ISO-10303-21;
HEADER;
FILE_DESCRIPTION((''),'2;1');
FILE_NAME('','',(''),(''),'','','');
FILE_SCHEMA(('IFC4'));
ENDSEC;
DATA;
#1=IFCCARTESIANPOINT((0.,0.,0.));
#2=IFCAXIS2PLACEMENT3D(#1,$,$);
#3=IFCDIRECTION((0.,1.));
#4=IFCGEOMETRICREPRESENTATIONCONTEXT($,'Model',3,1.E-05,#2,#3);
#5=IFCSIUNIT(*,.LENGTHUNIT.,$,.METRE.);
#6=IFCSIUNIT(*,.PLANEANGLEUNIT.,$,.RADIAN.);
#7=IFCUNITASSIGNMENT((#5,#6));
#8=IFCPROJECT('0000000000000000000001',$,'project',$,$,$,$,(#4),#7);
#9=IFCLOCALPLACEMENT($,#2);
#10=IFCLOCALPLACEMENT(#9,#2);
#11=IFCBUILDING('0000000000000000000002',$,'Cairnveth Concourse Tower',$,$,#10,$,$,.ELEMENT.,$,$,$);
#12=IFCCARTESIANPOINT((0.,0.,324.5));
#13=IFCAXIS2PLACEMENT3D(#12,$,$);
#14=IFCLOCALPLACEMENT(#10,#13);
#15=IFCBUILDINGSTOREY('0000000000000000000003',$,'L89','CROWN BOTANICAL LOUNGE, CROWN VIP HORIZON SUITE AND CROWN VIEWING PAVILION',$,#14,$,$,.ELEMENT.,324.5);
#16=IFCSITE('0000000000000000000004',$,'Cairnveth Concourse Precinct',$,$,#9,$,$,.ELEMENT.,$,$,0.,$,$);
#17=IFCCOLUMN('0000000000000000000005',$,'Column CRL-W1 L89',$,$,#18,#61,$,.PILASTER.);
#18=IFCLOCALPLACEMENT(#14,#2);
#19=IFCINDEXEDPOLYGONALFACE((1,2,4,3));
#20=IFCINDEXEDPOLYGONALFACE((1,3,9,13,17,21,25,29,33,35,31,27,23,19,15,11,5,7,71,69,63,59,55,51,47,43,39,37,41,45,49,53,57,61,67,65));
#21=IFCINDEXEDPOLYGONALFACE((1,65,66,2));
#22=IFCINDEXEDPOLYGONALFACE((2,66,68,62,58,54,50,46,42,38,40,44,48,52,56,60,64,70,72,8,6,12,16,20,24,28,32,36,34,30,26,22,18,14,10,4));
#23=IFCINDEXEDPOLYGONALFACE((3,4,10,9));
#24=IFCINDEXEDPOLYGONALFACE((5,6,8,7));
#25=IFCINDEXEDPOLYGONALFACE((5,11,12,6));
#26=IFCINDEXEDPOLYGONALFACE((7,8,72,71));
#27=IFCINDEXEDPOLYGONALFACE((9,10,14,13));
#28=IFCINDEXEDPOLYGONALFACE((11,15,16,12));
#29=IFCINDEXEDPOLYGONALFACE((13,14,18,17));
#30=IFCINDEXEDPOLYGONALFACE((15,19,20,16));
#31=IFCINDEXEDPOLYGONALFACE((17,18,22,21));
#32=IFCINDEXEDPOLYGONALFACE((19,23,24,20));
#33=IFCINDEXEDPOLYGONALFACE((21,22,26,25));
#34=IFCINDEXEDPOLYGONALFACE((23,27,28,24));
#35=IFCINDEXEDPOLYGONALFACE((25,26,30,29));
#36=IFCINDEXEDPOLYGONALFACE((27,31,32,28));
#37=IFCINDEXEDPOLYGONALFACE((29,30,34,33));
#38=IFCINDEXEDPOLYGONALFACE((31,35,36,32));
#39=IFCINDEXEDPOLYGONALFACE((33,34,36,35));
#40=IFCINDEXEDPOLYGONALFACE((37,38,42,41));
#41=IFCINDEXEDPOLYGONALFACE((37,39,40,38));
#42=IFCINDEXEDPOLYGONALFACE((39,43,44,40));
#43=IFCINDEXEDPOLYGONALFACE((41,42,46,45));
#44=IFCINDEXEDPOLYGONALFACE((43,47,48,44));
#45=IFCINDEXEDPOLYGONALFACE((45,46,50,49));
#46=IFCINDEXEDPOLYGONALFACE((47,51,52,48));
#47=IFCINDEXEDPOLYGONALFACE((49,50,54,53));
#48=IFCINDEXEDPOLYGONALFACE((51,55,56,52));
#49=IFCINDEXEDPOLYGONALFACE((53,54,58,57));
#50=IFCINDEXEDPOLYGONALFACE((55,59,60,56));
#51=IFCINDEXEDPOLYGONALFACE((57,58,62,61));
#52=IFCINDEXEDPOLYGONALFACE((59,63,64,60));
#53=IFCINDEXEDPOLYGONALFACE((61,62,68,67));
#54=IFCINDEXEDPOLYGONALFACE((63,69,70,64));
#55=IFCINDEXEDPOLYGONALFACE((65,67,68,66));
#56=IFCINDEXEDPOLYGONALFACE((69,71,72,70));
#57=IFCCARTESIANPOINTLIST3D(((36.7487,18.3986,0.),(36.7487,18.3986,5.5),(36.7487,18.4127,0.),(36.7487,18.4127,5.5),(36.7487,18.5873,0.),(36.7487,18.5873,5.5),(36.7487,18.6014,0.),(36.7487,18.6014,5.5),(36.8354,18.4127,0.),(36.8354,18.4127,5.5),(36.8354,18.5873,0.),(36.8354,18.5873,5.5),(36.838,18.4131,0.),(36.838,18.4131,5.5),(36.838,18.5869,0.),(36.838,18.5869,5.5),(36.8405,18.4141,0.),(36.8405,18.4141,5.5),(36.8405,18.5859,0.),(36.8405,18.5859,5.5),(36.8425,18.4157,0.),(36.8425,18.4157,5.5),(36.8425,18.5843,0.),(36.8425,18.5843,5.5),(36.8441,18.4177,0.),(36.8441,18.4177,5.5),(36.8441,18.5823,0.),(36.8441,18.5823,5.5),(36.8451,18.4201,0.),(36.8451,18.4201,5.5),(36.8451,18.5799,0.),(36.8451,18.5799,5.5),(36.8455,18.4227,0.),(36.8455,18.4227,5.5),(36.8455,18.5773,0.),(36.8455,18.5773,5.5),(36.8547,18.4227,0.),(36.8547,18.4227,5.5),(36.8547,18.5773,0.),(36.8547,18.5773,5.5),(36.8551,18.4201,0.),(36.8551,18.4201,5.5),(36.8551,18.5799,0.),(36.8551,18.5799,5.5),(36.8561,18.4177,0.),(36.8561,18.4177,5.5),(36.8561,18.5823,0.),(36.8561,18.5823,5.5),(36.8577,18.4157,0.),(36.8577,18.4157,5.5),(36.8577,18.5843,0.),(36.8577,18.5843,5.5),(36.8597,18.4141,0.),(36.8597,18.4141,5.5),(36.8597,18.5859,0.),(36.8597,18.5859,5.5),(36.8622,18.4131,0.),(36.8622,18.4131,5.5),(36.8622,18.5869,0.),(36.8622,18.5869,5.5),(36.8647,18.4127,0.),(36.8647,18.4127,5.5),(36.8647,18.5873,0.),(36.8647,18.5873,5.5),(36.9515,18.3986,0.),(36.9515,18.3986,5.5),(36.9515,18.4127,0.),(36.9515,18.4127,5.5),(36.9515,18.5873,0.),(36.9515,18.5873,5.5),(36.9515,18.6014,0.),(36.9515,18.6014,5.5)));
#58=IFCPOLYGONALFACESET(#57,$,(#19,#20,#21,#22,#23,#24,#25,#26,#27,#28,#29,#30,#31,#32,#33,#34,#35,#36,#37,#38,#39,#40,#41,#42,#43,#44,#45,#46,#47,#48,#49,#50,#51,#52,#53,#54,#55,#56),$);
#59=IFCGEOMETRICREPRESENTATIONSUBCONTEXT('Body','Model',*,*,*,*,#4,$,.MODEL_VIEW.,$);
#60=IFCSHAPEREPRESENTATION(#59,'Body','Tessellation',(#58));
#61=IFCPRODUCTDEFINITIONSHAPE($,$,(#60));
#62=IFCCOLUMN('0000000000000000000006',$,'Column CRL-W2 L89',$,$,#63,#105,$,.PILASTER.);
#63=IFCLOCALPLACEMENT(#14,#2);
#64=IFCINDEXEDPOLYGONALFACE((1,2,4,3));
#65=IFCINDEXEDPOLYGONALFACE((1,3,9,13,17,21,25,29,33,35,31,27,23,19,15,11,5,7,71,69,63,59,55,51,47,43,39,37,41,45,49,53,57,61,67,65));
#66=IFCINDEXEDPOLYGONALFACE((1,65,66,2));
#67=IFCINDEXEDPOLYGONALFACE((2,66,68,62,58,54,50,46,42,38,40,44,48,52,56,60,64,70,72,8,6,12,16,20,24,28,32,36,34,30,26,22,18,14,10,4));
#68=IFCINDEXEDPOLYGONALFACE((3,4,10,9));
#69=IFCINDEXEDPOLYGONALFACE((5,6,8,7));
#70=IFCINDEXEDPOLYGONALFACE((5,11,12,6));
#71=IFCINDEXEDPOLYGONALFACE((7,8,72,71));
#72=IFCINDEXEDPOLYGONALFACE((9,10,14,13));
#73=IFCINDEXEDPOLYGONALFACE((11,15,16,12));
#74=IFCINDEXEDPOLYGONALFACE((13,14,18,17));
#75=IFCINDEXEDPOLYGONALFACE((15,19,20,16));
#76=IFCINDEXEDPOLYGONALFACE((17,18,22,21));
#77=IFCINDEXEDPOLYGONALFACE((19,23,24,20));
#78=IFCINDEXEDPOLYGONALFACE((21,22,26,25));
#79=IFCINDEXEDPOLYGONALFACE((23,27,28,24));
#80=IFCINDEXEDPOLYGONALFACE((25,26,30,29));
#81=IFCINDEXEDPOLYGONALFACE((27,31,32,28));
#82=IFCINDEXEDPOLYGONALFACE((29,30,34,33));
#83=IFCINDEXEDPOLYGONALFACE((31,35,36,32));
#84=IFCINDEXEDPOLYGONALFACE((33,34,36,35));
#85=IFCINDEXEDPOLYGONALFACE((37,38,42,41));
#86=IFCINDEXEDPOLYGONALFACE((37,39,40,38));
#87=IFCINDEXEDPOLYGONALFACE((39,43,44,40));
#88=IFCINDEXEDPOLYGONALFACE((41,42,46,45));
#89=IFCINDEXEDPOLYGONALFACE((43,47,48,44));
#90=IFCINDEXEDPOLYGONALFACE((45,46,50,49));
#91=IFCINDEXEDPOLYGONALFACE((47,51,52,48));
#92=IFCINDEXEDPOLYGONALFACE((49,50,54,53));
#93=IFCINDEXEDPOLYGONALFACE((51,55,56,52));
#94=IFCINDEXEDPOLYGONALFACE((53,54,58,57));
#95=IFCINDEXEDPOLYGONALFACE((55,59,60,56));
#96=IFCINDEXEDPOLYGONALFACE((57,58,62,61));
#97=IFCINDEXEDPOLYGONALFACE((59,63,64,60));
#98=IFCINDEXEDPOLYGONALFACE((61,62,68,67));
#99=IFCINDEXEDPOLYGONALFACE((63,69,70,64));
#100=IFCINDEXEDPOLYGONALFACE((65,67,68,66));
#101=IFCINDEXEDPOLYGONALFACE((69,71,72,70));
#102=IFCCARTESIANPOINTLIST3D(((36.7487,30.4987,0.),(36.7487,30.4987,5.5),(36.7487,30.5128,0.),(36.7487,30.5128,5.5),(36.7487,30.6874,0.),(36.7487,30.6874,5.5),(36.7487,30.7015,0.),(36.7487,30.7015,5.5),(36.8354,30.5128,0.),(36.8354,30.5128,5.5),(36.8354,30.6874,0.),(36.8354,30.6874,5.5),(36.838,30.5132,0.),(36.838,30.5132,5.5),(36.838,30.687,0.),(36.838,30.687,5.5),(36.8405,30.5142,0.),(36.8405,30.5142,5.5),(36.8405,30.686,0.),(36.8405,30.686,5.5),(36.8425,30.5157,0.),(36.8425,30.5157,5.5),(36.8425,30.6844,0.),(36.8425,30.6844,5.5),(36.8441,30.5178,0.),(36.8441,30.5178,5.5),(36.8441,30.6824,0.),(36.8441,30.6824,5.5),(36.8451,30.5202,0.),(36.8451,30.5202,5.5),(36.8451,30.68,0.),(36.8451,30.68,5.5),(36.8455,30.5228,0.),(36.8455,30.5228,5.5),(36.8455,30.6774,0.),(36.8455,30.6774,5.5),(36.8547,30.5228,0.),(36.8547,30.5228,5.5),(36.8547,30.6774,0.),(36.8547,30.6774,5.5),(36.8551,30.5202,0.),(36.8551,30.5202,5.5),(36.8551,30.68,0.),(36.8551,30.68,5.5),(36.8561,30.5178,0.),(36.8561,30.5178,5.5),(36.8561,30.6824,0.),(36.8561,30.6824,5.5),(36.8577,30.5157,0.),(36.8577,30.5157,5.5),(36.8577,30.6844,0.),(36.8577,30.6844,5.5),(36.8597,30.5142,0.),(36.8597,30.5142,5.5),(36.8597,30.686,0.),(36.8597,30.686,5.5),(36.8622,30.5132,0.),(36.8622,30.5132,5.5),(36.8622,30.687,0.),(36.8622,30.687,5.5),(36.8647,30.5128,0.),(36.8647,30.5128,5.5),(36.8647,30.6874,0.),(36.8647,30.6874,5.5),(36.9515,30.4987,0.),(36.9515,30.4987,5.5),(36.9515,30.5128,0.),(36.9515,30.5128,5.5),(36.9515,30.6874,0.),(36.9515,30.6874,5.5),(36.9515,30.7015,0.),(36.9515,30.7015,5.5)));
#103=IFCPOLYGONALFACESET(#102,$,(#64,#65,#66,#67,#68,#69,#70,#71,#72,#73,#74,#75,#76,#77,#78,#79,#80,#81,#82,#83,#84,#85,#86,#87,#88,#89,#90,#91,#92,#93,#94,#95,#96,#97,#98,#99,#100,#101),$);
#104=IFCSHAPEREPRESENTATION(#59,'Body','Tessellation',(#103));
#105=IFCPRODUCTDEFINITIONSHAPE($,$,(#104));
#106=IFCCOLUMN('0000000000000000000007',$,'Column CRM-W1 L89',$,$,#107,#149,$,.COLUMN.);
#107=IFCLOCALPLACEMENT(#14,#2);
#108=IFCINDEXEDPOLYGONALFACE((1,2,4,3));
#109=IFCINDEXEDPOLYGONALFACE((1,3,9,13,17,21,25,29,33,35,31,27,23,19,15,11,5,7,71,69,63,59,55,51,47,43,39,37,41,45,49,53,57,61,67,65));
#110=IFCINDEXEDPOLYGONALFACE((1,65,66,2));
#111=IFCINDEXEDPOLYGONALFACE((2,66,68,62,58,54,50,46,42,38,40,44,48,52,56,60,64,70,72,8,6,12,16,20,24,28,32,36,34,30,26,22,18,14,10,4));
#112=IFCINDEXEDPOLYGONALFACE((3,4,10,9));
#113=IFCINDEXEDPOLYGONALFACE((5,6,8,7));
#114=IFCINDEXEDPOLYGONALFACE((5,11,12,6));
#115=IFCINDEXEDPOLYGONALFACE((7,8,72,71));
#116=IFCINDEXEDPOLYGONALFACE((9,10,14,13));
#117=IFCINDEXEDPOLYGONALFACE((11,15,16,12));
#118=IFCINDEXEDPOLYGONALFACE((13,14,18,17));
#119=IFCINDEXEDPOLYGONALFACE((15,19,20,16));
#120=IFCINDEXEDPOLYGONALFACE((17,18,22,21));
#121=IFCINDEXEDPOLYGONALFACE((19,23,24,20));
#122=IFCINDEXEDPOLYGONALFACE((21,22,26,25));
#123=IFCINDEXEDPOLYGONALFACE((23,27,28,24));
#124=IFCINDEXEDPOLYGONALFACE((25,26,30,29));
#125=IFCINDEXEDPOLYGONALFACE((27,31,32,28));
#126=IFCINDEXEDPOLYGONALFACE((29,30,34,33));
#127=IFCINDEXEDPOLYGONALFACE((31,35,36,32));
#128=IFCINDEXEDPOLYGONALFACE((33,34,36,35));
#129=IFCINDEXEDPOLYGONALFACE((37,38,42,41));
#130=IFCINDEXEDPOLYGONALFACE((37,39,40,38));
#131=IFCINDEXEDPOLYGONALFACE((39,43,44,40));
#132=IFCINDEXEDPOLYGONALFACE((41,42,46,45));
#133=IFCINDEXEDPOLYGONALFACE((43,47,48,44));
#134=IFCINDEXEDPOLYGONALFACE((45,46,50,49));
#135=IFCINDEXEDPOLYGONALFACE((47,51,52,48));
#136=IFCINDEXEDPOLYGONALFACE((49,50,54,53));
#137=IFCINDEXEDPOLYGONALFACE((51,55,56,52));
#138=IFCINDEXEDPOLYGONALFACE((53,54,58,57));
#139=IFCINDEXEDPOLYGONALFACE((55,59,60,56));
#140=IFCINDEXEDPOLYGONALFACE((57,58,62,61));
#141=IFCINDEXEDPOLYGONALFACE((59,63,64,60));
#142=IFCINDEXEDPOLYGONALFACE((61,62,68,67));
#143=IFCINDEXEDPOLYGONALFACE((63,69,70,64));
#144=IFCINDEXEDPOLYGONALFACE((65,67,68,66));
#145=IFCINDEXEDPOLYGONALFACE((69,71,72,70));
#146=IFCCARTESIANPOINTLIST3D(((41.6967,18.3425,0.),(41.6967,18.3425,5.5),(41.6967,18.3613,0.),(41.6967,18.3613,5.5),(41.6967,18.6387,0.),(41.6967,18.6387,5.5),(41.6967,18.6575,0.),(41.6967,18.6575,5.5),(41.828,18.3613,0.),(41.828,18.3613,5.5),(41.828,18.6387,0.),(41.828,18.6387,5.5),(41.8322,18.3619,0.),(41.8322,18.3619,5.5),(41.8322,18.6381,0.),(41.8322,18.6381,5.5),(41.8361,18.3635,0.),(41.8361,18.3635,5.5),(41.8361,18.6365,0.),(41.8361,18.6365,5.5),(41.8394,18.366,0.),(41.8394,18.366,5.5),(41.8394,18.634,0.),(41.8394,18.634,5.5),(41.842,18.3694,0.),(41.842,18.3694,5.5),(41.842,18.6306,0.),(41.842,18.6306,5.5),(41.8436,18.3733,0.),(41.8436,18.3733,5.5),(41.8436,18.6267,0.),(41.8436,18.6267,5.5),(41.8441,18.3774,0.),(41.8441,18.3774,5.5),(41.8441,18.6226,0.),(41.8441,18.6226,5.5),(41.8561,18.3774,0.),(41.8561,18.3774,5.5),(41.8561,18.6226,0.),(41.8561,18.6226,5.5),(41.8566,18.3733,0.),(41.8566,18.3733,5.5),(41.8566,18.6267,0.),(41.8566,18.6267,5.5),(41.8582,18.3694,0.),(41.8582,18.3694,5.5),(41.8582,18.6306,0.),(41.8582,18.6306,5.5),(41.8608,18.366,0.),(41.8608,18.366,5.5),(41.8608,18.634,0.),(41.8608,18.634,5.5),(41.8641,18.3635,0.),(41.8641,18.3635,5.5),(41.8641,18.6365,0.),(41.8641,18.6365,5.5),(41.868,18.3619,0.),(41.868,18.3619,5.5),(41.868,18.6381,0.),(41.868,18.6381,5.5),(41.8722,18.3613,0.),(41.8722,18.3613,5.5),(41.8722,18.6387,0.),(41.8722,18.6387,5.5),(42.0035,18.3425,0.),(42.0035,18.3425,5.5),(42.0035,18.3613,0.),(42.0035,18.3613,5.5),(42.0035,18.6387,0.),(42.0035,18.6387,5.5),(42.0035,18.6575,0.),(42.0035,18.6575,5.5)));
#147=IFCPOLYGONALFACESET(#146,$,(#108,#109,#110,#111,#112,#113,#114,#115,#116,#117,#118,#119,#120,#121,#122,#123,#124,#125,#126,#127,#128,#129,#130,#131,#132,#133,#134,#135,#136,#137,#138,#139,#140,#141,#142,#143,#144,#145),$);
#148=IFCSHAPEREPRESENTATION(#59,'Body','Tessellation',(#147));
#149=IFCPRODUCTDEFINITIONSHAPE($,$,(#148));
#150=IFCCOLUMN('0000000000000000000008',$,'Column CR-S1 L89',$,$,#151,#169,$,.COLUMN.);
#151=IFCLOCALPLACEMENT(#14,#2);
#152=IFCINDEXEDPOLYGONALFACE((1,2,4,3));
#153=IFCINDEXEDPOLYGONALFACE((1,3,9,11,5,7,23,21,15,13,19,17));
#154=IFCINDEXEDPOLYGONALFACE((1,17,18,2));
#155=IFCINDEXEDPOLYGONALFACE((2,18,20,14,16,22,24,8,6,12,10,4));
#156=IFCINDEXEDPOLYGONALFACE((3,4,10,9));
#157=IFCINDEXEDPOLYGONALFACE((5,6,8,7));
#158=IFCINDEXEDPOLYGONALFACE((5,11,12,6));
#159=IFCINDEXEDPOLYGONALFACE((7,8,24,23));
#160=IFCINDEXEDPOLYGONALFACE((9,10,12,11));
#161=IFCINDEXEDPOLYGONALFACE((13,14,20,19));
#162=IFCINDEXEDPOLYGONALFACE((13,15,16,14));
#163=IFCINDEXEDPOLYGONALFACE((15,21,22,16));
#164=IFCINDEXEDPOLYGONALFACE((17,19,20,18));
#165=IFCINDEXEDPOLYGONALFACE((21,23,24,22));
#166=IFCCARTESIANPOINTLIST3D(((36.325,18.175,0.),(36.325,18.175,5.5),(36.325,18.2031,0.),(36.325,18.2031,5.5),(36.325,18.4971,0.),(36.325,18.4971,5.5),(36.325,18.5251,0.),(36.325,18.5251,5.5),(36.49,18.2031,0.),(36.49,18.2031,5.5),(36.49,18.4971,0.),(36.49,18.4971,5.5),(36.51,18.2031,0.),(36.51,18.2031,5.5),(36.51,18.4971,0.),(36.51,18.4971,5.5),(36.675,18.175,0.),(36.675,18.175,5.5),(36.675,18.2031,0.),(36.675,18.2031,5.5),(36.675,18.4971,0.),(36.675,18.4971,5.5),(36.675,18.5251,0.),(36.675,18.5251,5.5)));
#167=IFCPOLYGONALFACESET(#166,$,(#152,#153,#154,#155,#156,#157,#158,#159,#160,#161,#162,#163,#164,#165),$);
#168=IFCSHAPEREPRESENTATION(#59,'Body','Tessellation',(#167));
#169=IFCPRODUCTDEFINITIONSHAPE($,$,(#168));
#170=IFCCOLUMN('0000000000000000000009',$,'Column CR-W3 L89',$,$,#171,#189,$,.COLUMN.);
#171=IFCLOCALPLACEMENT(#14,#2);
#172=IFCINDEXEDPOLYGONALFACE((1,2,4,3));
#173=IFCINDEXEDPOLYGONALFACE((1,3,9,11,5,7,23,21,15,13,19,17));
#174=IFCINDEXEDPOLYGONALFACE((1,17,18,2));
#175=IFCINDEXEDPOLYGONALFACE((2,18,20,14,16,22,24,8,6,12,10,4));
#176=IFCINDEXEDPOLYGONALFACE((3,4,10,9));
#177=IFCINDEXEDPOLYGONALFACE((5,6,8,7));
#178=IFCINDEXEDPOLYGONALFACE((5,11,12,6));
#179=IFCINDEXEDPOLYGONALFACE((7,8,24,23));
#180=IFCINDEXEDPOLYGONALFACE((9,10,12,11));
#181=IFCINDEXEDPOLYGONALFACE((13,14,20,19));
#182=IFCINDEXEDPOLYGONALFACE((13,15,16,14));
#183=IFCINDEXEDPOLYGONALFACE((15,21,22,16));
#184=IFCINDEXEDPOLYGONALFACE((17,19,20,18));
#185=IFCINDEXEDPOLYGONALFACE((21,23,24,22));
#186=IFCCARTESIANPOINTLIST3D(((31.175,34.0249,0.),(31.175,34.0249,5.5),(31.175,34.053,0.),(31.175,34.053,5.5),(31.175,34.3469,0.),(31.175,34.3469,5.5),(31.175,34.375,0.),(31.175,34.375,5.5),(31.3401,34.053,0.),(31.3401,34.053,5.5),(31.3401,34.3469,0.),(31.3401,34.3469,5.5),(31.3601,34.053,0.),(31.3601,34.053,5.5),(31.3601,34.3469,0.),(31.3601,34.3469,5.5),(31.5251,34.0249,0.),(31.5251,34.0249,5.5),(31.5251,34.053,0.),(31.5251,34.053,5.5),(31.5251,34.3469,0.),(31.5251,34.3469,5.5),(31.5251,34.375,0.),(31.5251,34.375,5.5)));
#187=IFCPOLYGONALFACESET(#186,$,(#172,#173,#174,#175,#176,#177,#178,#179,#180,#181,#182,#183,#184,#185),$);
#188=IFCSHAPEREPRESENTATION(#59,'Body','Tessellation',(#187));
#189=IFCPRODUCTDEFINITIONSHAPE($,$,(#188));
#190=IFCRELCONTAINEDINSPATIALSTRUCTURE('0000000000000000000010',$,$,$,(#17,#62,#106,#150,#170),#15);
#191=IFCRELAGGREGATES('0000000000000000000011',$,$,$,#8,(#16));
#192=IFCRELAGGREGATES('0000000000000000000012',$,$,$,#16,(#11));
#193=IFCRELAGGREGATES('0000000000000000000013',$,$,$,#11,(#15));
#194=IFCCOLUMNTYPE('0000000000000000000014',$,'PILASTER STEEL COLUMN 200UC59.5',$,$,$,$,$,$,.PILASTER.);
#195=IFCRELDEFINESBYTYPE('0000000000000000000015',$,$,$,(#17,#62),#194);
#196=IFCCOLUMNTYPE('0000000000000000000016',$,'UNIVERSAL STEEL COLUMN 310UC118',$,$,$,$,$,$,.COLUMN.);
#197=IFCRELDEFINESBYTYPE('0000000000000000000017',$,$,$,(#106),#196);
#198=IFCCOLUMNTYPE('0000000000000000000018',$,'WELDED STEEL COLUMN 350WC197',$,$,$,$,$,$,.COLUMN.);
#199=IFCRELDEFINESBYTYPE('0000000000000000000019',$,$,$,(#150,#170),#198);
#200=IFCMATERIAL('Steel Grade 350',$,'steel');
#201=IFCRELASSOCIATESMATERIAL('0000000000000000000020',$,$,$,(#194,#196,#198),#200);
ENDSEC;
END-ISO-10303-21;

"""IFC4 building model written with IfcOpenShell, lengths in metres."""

from ifc_helpers import new_model, si_unit, direction, frame, origin, origin_2d, place, context, subcontext, project, spatial, i_section, extrude, material, material_profile, profile_set, type_object, element, save


model = new_model("IFC4")

# Units and contexts
model_context = context("Model", 3, precision=1e-05, world=origin(), true_north=direction((0.0, 1.0)))
body_context = subcontext(model_context, "Body", "Model", "MODEL_VIEW")
ifc_project = project(units=[si_unit("LENGTHUNIT", "METRE"), si_unit("PLANEANGLEUNIT", "RADIAN")], contexts=[model_context])

# Site, building, storey
site_placement = place(None, origin())
site = spatial("IfcSite", under=ifc_project, at=site_placement, Name="Cairnveth Concourse Precinct", CompositionType="ELEMENT", RefElevation=0.0)
building_placement = place(site_placement, origin())
building = spatial("IfcBuilding", under=site, at=building_placement, Name="Cairnveth Concourse Tower", CompositionType="ELEMENT")
storey_placement = place(building_placement, frame((0.0, 0.0, 324.5)))
storey = spatial("IfcBuildingStorey", under=building, at=storey_placement, Name="L89", Description="CROWN BOTANICAL LOUNGE, CROWN VIP HORIZON SUITE AND CROWN VIEWING PAVILION", CompositionType="ELEMENT", Elevation=324.5)

# Columns
ifc_material_1 = material(Name="Steel Grade 350", Category="steel")
ifc_material_profile_1 = material_profile(ifc_material_1, i_section(OverallWidth=0.2029, OverallDepth=0.2029, WebThickness=0.0093, FlangeThickness=0.0142, FilletRadius=0.01, at=origin_2d()), Name="200UC59.5")
ifc_profile_set_1 = profile_set([ifc_material_profile_1], Name="Steel Grade 350")
column_type_1 = type_object("IfcColumnType", Name="PILASTER STEEL COLUMN 200UC59.5", PredefinedType="PILASTER", material=ifc_profile_set_1)
for number, where, z_axis, x_axis, name in (
    (1, (36.8501, 18.5, 0.0), (0.0, 0.0, 1.0), (1.0, 0.0, 0.0), "Column CRL-W1 L89"),
    (2, (36.8501, 30.6001, 0.0), (0.0, 0.0, 1.0), (1.0, 0.0, 0.0), "Column CRL-W2 L89"),
):
    element("IfcColumn", number, at=place(storey_placement, frame(where, z_axis=z_axis, x_axis=x_axis)), inside=storey, type_object=column_type_1, Name=name, PredefinedType="PILASTER", context=body_context, shape_type="SweptSolid", body=[
        extrude(i_section(OverallWidth=0.2029, OverallDepth=0.2029, WebThickness=0.0093, FlangeThickness=0.0142, FilletRadius=0.01, at=origin_2d()), origin(), (0.0, 0.0, 1.0), 5.5),
    ])
ifc_material_profile_2 = material_profile(ifc_material_1, i_section(OverallWidth=0.3069, OverallDepth=0.3149, WebThickness=0.012, FlangeThickness=0.0188, FilletRadius=0.0161, at=origin_2d()), Name="310UC118")
ifc_profile_set_2 = profile_set([ifc_material_profile_2], Name="Steel Grade 350")
column_type_2 = type_object("IfcColumnType", Name="UNIVERSAL STEEL COLUMN 310UC118", PredefinedType="COLUMN", material=ifc_profile_set_2)
column_placement = place(storey_placement, frame((41.8501, 18.5, 0.0), z_axis=(0.0, 0.0, 1.0), x_axis=(1.0, 0.0, 0.0)))
element("IfcColumn", 3, at=column_placement, inside=storey, type_object=column_type_2, Name="Column CRM-W1 L89", PredefinedType="COLUMN", context=body_context, shape_type="SweptSolid", body=[
    extrude(i_section(OverallWidth=0.3069, OverallDepth=0.3149, WebThickness=0.012, FlangeThickness=0.0188, FilletRadius=0.0161, at=origin_2d()), origin(), (0.0, 0.0, 1.0), 5.5),
])
ifc_material_profile_3 = material_profile(ifc_material_1, i_section(OverallWidth=0.3501, OverallDepth=0.3501, WebThickness=0.02, FlangeThickness=0.0281, at=origin_2d()), Name="350WC197")
ifc_profile_set_3 = profile_set([ifc_material_profile_3], Name="Steel Grade 350")
column_type_3 = type_object("IfcColumnType", Name="WELDED STEEL COLUMN 350WC197", PredefinedType="COLUMN", material=ifc_profile_set_3)
for number, where, z_axis, x_axis, name in (
    (4, (36.5, 18.3501, 0.0), (0.0, 0.0, 1.0), (1.0, 0.0, 0.0), "Column CR-S1 L89"),
    (5, (31.3501, 34.2, 0.0), (0.0, 0.0, 1.0), (1.0, 0.0, 0.0), "Column CR-W3 L89"),
):
    element("IfcColumn", number, at=place(storey_placement, frame(where, z_axis=z_axis, x_axis=x_axis)), inside=storey, type_object=column_type_3, Name=name, PredefinedType="COLUMN", context=body_context, shape_type="SweptSolid", body=[
        extrude(i_section(OverallWidth=0.3501, OverallDepth=0.3501, WebThickness=0.02, FlangeThickness=0.0281, at=origin_2d()), origin(), (0.0, 0.0, 1.0), 5.5),
    ])

save(model, "model.ifc")
